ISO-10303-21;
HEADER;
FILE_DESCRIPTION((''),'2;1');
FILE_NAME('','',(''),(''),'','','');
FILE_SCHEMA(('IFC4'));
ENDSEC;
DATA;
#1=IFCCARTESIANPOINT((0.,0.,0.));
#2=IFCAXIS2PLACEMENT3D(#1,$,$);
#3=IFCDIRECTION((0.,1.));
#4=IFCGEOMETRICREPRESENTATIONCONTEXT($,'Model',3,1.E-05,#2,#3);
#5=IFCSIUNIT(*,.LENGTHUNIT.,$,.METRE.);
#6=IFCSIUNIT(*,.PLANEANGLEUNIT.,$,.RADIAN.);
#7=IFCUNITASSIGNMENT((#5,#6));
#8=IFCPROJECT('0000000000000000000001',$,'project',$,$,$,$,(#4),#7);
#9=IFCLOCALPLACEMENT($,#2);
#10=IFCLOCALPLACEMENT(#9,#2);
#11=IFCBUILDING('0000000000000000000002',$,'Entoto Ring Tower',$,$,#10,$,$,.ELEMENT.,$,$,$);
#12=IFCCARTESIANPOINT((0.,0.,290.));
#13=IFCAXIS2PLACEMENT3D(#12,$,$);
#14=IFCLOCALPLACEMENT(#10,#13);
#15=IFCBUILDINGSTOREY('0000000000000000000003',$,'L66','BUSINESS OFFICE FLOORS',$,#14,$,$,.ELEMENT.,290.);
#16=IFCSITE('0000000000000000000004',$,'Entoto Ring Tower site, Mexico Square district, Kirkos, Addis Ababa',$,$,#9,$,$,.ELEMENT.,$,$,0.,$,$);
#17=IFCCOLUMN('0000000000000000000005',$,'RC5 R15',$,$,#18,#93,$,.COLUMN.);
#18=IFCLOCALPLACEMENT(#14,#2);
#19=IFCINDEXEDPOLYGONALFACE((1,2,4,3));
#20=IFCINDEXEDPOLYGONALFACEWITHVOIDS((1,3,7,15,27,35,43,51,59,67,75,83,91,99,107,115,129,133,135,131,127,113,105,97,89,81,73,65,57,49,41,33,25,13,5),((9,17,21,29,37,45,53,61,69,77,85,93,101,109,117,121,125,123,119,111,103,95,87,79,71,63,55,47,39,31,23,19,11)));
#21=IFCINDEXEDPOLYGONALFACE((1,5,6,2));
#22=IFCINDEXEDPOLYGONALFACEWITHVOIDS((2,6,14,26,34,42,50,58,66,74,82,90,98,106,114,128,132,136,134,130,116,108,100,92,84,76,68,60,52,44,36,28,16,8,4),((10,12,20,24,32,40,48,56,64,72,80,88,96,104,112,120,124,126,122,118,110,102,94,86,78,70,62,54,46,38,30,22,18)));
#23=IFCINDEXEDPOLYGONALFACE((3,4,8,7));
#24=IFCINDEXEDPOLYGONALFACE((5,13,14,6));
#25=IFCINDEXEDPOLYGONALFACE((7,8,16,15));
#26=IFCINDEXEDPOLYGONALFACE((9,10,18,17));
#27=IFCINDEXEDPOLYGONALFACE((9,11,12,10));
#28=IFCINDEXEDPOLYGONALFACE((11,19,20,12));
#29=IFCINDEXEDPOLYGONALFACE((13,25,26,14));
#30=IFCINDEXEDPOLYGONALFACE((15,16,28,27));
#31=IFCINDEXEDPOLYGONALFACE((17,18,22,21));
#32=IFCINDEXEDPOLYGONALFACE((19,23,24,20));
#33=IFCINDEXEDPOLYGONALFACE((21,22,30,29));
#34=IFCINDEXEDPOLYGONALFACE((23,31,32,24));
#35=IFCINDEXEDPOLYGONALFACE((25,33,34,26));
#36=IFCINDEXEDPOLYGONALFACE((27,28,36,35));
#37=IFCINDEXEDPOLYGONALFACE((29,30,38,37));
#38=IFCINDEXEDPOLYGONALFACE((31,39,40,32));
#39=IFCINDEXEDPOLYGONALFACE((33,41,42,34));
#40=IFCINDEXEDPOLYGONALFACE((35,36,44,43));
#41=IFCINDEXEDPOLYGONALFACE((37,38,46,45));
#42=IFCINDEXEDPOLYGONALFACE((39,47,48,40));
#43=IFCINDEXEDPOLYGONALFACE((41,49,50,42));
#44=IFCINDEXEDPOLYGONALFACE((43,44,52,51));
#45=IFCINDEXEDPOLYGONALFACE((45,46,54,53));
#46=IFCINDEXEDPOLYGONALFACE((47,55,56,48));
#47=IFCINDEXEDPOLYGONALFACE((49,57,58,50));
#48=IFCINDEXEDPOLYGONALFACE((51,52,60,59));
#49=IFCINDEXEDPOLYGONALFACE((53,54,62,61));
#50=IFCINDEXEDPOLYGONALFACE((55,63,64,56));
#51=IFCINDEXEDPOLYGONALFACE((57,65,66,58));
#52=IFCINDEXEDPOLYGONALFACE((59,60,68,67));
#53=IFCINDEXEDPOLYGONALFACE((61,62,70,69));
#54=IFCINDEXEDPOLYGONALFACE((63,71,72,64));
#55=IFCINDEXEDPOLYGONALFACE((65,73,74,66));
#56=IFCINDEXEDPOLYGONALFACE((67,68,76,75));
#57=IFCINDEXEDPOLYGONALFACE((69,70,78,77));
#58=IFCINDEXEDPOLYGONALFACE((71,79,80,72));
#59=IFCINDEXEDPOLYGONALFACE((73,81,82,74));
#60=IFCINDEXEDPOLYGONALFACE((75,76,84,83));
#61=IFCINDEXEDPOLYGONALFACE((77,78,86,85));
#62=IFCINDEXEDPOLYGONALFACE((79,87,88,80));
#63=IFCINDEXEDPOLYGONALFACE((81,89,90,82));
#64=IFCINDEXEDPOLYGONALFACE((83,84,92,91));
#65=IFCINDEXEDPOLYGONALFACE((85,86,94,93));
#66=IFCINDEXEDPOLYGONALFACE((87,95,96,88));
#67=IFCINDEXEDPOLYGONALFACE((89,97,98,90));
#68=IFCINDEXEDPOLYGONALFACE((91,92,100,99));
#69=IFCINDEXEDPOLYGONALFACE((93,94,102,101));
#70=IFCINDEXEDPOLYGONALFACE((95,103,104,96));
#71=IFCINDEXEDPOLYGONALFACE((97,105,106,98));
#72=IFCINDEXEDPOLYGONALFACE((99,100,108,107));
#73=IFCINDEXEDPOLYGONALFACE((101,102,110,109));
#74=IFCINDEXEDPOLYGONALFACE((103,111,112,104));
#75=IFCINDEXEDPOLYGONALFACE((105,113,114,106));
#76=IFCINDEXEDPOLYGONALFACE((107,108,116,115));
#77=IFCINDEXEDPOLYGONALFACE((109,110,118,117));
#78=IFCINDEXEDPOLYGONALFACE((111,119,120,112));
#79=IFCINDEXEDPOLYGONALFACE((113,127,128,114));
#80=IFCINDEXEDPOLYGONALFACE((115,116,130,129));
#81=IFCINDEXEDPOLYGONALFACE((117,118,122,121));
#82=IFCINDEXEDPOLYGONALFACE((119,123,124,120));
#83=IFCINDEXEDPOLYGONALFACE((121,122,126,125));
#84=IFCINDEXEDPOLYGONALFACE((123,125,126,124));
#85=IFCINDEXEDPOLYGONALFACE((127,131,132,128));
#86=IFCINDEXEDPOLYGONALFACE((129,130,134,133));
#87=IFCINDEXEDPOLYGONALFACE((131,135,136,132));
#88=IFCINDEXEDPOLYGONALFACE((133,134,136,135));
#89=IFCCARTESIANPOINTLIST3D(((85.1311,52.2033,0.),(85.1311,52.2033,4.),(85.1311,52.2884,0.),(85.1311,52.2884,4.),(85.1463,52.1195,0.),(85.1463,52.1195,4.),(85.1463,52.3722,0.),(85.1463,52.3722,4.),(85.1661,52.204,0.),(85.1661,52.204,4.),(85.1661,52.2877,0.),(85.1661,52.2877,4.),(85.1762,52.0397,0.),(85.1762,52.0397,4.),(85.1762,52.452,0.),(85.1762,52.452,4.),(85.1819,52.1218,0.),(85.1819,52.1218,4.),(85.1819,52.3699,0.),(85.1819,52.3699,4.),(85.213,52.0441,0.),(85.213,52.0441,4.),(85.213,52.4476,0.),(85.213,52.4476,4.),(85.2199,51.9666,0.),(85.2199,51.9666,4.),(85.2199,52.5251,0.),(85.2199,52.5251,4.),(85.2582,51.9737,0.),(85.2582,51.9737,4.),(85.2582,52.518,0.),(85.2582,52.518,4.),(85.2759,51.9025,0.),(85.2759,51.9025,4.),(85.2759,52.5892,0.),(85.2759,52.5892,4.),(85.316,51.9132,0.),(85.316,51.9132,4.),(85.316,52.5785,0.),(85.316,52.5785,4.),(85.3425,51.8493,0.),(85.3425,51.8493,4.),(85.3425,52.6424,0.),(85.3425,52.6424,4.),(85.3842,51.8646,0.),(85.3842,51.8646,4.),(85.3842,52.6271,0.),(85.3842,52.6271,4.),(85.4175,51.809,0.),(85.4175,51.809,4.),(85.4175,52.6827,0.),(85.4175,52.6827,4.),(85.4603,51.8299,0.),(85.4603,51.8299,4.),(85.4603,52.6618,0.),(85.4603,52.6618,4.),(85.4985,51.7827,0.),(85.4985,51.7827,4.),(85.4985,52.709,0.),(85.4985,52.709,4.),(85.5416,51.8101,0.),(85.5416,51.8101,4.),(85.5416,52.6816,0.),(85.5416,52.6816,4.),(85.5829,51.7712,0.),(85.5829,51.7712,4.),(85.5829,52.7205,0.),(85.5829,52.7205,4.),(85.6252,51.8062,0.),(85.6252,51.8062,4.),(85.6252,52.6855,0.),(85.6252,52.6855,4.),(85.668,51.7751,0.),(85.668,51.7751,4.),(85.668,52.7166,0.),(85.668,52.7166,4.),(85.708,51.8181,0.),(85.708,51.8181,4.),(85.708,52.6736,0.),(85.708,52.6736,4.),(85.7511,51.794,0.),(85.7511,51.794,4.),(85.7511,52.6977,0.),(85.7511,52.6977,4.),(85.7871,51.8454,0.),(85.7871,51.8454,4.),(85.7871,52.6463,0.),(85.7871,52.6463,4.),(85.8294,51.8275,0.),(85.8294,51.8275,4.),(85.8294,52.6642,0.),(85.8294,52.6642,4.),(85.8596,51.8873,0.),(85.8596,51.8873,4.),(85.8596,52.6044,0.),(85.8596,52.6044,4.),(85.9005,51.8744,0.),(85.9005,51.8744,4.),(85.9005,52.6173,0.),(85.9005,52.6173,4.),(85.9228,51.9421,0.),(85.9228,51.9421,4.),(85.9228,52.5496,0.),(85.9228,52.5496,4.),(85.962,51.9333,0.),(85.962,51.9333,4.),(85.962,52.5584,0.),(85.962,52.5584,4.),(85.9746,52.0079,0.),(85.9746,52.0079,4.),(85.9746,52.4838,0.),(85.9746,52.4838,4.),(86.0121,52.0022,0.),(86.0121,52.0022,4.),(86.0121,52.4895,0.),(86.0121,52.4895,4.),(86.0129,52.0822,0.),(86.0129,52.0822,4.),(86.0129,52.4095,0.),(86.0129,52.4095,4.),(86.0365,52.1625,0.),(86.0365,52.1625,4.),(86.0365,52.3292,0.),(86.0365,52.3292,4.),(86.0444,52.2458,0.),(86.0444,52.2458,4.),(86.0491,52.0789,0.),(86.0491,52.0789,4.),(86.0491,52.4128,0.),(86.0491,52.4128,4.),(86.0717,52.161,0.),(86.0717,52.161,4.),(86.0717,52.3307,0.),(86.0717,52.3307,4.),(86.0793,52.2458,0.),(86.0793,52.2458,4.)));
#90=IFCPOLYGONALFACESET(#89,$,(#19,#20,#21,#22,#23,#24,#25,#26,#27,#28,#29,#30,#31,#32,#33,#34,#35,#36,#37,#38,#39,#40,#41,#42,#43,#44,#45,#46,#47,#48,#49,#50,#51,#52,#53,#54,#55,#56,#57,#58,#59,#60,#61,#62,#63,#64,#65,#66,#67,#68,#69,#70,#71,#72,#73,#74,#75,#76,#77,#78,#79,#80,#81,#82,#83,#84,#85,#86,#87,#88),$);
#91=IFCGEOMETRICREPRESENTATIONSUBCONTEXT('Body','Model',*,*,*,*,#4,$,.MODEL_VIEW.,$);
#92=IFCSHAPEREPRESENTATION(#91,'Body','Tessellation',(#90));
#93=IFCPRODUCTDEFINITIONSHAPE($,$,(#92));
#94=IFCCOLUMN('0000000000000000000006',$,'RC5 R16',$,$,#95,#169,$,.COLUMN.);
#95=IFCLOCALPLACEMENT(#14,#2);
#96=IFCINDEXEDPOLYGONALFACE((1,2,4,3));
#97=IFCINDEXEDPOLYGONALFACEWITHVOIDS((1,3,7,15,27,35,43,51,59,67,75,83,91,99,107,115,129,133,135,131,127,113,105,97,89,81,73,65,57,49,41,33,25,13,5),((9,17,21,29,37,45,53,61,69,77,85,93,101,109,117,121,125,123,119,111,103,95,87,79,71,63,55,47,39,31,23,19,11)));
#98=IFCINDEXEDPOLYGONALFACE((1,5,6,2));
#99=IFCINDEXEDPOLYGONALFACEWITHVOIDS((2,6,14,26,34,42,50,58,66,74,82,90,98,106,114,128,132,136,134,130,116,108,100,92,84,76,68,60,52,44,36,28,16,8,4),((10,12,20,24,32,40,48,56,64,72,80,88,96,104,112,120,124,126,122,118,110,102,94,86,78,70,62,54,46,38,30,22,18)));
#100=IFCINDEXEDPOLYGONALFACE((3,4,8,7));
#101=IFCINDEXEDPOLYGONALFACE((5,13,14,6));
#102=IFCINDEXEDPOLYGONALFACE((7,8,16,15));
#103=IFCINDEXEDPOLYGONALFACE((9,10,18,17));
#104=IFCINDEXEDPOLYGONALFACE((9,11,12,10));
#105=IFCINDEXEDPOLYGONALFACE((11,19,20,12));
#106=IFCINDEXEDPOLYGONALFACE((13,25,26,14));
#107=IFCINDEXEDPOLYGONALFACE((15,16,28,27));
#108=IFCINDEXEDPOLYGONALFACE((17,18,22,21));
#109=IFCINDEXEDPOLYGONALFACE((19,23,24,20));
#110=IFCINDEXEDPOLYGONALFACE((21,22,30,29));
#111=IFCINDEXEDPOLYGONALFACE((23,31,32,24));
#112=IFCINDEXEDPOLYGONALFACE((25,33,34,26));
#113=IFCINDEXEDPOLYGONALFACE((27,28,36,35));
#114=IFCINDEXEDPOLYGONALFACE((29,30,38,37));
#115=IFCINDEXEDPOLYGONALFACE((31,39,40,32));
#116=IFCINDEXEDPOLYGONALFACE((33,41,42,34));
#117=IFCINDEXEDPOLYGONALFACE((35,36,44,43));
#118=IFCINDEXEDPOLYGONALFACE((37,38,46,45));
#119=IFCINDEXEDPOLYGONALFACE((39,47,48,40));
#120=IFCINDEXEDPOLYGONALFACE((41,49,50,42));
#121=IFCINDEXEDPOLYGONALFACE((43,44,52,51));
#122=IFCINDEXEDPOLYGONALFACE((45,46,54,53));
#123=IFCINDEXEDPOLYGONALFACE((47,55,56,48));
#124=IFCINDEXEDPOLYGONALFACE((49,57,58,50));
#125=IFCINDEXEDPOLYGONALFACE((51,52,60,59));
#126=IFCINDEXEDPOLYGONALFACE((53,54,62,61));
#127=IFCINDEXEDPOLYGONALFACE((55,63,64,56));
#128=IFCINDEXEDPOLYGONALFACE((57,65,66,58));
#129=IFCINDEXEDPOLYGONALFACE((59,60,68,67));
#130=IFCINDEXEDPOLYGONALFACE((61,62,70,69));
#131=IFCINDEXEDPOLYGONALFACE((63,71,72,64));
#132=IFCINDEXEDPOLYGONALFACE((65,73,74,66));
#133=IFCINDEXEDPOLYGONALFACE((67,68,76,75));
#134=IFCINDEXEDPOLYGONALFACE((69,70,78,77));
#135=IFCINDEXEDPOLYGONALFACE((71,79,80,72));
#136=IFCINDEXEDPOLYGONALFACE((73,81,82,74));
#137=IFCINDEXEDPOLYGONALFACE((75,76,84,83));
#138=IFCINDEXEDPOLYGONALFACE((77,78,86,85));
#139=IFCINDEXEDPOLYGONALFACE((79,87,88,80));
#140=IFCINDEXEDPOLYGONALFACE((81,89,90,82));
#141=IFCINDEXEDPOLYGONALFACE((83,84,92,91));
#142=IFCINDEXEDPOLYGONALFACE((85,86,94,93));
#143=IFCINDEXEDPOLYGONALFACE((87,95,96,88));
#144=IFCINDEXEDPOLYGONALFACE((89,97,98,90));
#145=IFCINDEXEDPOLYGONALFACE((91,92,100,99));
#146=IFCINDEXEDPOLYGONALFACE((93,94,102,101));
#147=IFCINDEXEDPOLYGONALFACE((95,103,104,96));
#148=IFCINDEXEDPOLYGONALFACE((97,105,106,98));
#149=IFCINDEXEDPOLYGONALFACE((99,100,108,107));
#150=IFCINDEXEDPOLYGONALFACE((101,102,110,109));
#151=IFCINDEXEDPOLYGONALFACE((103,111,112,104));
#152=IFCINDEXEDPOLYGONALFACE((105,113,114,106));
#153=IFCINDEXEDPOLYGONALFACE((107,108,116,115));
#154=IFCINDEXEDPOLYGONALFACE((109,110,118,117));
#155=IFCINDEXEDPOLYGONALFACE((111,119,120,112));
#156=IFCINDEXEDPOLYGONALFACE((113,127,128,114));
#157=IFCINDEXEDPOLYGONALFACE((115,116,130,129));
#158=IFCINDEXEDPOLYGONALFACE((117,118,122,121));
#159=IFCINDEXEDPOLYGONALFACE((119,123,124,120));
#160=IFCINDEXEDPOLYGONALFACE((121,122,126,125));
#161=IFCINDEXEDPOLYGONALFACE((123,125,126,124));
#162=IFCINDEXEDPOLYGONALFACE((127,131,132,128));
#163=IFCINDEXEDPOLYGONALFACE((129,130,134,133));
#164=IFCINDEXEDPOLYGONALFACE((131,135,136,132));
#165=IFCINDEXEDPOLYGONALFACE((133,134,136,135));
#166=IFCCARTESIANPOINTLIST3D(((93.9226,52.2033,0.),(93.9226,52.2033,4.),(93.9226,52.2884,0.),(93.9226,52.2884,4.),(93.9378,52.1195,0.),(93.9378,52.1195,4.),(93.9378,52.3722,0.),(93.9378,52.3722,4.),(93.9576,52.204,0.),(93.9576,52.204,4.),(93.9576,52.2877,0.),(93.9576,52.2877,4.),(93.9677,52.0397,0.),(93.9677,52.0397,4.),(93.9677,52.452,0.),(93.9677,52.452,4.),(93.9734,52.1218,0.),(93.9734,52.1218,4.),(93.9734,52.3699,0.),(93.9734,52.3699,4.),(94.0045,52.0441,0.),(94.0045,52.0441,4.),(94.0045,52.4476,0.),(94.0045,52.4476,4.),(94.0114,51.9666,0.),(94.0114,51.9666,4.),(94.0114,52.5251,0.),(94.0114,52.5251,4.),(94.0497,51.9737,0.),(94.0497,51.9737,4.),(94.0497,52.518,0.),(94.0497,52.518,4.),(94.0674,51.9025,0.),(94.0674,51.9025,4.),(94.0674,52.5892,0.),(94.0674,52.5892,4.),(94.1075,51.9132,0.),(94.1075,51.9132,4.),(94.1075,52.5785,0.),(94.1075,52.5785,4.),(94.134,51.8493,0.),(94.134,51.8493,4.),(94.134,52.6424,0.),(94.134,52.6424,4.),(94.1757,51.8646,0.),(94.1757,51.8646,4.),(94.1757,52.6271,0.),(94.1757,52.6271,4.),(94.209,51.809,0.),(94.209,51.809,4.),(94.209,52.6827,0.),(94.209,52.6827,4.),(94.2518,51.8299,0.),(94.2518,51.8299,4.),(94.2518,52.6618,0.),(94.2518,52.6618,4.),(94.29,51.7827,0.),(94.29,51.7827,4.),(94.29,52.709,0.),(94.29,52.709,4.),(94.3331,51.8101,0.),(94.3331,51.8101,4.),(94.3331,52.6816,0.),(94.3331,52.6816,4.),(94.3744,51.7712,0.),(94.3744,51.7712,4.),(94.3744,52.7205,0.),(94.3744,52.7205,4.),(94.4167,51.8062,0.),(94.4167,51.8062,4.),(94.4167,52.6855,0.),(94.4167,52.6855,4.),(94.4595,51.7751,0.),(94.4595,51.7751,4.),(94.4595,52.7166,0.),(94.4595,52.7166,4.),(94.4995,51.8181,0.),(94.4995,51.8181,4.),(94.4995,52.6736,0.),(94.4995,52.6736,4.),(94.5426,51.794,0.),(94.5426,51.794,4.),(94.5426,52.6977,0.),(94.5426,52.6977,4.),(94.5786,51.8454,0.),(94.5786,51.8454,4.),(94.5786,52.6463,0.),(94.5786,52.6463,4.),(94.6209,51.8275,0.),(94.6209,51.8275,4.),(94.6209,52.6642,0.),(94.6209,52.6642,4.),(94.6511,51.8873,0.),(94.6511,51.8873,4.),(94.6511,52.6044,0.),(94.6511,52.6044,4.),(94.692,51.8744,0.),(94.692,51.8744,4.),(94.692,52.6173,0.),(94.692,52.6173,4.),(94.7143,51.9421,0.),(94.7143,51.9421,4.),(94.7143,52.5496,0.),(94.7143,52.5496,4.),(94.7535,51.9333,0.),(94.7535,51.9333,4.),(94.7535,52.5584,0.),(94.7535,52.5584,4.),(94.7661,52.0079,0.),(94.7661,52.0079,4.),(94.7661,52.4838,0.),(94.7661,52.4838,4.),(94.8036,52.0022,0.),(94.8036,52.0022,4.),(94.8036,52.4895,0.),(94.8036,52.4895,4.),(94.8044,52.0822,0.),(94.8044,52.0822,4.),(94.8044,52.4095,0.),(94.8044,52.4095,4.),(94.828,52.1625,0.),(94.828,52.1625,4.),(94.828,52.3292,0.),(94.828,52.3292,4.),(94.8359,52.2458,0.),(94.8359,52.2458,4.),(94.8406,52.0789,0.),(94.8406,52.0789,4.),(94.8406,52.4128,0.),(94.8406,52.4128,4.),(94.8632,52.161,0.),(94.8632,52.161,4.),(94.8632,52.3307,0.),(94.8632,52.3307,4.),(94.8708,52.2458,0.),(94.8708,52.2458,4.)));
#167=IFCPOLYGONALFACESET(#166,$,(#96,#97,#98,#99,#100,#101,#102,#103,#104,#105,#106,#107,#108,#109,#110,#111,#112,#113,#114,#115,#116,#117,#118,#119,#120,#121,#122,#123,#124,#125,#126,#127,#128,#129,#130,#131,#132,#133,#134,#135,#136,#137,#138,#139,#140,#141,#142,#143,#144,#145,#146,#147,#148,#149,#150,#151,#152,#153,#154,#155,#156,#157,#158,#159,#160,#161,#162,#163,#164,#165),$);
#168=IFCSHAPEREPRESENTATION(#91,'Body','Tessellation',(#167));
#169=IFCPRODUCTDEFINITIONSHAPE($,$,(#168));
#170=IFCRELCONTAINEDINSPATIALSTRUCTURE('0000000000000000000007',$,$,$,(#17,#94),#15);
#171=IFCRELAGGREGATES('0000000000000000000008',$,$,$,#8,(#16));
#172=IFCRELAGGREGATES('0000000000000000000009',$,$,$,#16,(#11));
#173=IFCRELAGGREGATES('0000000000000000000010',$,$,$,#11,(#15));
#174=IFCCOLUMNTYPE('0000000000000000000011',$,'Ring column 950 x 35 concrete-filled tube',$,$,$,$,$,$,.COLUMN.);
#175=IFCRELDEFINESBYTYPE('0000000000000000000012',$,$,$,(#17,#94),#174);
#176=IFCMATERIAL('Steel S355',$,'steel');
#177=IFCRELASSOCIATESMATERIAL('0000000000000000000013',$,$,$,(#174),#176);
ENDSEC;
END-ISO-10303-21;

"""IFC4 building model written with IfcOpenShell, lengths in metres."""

from ifc_helpers import new_model, si_unit, direction, frame, origin, origin_2d, place, context, subcontext, project, spatial, circle, hollow_circle, extrude, material, material_profile, profile_set, type_object, element, save


model = new_model("IFC4")

# Units and contexts
model_context = context("Model", 3, precision=1e-05, world=origin(), true_north=direction((0.0, 1.0)))
body_context = subcontext(model_context, "Body", "Model", "MODEL_VIEW")
ifc_project = project(units=[si_unit("LENGTHUNIT", "METRE"), si_unit("PLANEANGLEUNIT", "RADIAN")], contexts=[model_context])

# Site, building, storey
site_placement = place(None, origin())
site = spatial("IfcSite", under=ifc_project, at=site_placement, Name="Entoto Ring Tower site, Mexico Square district, Kirkos, Addis Ababa", CompositionType="ELEMENT", RefElevation=0.0)
building_placement = place(site_placement, origin())
building = spatial("IfcBuilding", under=site, at=building_placement, Name="Entoto Ring Tower", CompositionType="ELEMENT")
storey_placement = place(building_placement, frame((0.0, 0.0, 290.0)))
storey = spatial("IfcBuildingStorey", under=building, at=storey_placement, Name="L66", Description="BUSINESS OFFICE FLOORS", CompositionType="ELEMENT", Elevation=290.0)

# Columns
ifc_material_1 = material(Name="Steel S355", Category="steel")
ifc_material_profile_1 = material_profile(ifc_material_1, hollow_circle(Radius=0.4751, WallThickness=0.0349, at=origin_2d()), Name="CHS 950 x 35")
ifc_material_2 = material(Name="Concrete C60/75", Category="concrete")
ifc_material_profile_2 = material_profile(ifc_material_2, circle(Radius=0.4399, at=origin_2d()), Name="Concrete C60/75 infill")
ifc_profile_set_1 = profile_set([ifc_material_profile_1, ifc_material_profile_2], Name="Steel S355")
column_type = type_object("IfcColumnType", Name="Ring column 950 x 35 concrete-filled tube", PredefinedType="COLUMN", material=ifc_profile_set_1)
for number, where, z_axis, x_axis, name in (
    (1, (85.6042, 52.2458, 0.0), (0.0, 0.0, 1.0), (1.0, 0.0, 0.0), "RC5 R15"),
    (2, (94.3958, 52.2458, 0.0), (0.0, 0.0, 1.0), (1.0, 0.0, 0.0), "RC5 R16"),
):
    element("IfcColumn", number, at=place(storey_placement, frame(where, z_axis=z_axis, x_axis=x_axis)), inside=storey, type_object=column_type, Name=name, PredefinedType="COLUMN", context=body_context, shape_type="SweptSolid", body=[
        extrude(hollow_circle(Radius=0.4751, WallThickness=0.0349, at=origin_2d()), origin(), (0.0, 0.0, 1.0), 4.0),
    ])

save(model, "model.ifc")
